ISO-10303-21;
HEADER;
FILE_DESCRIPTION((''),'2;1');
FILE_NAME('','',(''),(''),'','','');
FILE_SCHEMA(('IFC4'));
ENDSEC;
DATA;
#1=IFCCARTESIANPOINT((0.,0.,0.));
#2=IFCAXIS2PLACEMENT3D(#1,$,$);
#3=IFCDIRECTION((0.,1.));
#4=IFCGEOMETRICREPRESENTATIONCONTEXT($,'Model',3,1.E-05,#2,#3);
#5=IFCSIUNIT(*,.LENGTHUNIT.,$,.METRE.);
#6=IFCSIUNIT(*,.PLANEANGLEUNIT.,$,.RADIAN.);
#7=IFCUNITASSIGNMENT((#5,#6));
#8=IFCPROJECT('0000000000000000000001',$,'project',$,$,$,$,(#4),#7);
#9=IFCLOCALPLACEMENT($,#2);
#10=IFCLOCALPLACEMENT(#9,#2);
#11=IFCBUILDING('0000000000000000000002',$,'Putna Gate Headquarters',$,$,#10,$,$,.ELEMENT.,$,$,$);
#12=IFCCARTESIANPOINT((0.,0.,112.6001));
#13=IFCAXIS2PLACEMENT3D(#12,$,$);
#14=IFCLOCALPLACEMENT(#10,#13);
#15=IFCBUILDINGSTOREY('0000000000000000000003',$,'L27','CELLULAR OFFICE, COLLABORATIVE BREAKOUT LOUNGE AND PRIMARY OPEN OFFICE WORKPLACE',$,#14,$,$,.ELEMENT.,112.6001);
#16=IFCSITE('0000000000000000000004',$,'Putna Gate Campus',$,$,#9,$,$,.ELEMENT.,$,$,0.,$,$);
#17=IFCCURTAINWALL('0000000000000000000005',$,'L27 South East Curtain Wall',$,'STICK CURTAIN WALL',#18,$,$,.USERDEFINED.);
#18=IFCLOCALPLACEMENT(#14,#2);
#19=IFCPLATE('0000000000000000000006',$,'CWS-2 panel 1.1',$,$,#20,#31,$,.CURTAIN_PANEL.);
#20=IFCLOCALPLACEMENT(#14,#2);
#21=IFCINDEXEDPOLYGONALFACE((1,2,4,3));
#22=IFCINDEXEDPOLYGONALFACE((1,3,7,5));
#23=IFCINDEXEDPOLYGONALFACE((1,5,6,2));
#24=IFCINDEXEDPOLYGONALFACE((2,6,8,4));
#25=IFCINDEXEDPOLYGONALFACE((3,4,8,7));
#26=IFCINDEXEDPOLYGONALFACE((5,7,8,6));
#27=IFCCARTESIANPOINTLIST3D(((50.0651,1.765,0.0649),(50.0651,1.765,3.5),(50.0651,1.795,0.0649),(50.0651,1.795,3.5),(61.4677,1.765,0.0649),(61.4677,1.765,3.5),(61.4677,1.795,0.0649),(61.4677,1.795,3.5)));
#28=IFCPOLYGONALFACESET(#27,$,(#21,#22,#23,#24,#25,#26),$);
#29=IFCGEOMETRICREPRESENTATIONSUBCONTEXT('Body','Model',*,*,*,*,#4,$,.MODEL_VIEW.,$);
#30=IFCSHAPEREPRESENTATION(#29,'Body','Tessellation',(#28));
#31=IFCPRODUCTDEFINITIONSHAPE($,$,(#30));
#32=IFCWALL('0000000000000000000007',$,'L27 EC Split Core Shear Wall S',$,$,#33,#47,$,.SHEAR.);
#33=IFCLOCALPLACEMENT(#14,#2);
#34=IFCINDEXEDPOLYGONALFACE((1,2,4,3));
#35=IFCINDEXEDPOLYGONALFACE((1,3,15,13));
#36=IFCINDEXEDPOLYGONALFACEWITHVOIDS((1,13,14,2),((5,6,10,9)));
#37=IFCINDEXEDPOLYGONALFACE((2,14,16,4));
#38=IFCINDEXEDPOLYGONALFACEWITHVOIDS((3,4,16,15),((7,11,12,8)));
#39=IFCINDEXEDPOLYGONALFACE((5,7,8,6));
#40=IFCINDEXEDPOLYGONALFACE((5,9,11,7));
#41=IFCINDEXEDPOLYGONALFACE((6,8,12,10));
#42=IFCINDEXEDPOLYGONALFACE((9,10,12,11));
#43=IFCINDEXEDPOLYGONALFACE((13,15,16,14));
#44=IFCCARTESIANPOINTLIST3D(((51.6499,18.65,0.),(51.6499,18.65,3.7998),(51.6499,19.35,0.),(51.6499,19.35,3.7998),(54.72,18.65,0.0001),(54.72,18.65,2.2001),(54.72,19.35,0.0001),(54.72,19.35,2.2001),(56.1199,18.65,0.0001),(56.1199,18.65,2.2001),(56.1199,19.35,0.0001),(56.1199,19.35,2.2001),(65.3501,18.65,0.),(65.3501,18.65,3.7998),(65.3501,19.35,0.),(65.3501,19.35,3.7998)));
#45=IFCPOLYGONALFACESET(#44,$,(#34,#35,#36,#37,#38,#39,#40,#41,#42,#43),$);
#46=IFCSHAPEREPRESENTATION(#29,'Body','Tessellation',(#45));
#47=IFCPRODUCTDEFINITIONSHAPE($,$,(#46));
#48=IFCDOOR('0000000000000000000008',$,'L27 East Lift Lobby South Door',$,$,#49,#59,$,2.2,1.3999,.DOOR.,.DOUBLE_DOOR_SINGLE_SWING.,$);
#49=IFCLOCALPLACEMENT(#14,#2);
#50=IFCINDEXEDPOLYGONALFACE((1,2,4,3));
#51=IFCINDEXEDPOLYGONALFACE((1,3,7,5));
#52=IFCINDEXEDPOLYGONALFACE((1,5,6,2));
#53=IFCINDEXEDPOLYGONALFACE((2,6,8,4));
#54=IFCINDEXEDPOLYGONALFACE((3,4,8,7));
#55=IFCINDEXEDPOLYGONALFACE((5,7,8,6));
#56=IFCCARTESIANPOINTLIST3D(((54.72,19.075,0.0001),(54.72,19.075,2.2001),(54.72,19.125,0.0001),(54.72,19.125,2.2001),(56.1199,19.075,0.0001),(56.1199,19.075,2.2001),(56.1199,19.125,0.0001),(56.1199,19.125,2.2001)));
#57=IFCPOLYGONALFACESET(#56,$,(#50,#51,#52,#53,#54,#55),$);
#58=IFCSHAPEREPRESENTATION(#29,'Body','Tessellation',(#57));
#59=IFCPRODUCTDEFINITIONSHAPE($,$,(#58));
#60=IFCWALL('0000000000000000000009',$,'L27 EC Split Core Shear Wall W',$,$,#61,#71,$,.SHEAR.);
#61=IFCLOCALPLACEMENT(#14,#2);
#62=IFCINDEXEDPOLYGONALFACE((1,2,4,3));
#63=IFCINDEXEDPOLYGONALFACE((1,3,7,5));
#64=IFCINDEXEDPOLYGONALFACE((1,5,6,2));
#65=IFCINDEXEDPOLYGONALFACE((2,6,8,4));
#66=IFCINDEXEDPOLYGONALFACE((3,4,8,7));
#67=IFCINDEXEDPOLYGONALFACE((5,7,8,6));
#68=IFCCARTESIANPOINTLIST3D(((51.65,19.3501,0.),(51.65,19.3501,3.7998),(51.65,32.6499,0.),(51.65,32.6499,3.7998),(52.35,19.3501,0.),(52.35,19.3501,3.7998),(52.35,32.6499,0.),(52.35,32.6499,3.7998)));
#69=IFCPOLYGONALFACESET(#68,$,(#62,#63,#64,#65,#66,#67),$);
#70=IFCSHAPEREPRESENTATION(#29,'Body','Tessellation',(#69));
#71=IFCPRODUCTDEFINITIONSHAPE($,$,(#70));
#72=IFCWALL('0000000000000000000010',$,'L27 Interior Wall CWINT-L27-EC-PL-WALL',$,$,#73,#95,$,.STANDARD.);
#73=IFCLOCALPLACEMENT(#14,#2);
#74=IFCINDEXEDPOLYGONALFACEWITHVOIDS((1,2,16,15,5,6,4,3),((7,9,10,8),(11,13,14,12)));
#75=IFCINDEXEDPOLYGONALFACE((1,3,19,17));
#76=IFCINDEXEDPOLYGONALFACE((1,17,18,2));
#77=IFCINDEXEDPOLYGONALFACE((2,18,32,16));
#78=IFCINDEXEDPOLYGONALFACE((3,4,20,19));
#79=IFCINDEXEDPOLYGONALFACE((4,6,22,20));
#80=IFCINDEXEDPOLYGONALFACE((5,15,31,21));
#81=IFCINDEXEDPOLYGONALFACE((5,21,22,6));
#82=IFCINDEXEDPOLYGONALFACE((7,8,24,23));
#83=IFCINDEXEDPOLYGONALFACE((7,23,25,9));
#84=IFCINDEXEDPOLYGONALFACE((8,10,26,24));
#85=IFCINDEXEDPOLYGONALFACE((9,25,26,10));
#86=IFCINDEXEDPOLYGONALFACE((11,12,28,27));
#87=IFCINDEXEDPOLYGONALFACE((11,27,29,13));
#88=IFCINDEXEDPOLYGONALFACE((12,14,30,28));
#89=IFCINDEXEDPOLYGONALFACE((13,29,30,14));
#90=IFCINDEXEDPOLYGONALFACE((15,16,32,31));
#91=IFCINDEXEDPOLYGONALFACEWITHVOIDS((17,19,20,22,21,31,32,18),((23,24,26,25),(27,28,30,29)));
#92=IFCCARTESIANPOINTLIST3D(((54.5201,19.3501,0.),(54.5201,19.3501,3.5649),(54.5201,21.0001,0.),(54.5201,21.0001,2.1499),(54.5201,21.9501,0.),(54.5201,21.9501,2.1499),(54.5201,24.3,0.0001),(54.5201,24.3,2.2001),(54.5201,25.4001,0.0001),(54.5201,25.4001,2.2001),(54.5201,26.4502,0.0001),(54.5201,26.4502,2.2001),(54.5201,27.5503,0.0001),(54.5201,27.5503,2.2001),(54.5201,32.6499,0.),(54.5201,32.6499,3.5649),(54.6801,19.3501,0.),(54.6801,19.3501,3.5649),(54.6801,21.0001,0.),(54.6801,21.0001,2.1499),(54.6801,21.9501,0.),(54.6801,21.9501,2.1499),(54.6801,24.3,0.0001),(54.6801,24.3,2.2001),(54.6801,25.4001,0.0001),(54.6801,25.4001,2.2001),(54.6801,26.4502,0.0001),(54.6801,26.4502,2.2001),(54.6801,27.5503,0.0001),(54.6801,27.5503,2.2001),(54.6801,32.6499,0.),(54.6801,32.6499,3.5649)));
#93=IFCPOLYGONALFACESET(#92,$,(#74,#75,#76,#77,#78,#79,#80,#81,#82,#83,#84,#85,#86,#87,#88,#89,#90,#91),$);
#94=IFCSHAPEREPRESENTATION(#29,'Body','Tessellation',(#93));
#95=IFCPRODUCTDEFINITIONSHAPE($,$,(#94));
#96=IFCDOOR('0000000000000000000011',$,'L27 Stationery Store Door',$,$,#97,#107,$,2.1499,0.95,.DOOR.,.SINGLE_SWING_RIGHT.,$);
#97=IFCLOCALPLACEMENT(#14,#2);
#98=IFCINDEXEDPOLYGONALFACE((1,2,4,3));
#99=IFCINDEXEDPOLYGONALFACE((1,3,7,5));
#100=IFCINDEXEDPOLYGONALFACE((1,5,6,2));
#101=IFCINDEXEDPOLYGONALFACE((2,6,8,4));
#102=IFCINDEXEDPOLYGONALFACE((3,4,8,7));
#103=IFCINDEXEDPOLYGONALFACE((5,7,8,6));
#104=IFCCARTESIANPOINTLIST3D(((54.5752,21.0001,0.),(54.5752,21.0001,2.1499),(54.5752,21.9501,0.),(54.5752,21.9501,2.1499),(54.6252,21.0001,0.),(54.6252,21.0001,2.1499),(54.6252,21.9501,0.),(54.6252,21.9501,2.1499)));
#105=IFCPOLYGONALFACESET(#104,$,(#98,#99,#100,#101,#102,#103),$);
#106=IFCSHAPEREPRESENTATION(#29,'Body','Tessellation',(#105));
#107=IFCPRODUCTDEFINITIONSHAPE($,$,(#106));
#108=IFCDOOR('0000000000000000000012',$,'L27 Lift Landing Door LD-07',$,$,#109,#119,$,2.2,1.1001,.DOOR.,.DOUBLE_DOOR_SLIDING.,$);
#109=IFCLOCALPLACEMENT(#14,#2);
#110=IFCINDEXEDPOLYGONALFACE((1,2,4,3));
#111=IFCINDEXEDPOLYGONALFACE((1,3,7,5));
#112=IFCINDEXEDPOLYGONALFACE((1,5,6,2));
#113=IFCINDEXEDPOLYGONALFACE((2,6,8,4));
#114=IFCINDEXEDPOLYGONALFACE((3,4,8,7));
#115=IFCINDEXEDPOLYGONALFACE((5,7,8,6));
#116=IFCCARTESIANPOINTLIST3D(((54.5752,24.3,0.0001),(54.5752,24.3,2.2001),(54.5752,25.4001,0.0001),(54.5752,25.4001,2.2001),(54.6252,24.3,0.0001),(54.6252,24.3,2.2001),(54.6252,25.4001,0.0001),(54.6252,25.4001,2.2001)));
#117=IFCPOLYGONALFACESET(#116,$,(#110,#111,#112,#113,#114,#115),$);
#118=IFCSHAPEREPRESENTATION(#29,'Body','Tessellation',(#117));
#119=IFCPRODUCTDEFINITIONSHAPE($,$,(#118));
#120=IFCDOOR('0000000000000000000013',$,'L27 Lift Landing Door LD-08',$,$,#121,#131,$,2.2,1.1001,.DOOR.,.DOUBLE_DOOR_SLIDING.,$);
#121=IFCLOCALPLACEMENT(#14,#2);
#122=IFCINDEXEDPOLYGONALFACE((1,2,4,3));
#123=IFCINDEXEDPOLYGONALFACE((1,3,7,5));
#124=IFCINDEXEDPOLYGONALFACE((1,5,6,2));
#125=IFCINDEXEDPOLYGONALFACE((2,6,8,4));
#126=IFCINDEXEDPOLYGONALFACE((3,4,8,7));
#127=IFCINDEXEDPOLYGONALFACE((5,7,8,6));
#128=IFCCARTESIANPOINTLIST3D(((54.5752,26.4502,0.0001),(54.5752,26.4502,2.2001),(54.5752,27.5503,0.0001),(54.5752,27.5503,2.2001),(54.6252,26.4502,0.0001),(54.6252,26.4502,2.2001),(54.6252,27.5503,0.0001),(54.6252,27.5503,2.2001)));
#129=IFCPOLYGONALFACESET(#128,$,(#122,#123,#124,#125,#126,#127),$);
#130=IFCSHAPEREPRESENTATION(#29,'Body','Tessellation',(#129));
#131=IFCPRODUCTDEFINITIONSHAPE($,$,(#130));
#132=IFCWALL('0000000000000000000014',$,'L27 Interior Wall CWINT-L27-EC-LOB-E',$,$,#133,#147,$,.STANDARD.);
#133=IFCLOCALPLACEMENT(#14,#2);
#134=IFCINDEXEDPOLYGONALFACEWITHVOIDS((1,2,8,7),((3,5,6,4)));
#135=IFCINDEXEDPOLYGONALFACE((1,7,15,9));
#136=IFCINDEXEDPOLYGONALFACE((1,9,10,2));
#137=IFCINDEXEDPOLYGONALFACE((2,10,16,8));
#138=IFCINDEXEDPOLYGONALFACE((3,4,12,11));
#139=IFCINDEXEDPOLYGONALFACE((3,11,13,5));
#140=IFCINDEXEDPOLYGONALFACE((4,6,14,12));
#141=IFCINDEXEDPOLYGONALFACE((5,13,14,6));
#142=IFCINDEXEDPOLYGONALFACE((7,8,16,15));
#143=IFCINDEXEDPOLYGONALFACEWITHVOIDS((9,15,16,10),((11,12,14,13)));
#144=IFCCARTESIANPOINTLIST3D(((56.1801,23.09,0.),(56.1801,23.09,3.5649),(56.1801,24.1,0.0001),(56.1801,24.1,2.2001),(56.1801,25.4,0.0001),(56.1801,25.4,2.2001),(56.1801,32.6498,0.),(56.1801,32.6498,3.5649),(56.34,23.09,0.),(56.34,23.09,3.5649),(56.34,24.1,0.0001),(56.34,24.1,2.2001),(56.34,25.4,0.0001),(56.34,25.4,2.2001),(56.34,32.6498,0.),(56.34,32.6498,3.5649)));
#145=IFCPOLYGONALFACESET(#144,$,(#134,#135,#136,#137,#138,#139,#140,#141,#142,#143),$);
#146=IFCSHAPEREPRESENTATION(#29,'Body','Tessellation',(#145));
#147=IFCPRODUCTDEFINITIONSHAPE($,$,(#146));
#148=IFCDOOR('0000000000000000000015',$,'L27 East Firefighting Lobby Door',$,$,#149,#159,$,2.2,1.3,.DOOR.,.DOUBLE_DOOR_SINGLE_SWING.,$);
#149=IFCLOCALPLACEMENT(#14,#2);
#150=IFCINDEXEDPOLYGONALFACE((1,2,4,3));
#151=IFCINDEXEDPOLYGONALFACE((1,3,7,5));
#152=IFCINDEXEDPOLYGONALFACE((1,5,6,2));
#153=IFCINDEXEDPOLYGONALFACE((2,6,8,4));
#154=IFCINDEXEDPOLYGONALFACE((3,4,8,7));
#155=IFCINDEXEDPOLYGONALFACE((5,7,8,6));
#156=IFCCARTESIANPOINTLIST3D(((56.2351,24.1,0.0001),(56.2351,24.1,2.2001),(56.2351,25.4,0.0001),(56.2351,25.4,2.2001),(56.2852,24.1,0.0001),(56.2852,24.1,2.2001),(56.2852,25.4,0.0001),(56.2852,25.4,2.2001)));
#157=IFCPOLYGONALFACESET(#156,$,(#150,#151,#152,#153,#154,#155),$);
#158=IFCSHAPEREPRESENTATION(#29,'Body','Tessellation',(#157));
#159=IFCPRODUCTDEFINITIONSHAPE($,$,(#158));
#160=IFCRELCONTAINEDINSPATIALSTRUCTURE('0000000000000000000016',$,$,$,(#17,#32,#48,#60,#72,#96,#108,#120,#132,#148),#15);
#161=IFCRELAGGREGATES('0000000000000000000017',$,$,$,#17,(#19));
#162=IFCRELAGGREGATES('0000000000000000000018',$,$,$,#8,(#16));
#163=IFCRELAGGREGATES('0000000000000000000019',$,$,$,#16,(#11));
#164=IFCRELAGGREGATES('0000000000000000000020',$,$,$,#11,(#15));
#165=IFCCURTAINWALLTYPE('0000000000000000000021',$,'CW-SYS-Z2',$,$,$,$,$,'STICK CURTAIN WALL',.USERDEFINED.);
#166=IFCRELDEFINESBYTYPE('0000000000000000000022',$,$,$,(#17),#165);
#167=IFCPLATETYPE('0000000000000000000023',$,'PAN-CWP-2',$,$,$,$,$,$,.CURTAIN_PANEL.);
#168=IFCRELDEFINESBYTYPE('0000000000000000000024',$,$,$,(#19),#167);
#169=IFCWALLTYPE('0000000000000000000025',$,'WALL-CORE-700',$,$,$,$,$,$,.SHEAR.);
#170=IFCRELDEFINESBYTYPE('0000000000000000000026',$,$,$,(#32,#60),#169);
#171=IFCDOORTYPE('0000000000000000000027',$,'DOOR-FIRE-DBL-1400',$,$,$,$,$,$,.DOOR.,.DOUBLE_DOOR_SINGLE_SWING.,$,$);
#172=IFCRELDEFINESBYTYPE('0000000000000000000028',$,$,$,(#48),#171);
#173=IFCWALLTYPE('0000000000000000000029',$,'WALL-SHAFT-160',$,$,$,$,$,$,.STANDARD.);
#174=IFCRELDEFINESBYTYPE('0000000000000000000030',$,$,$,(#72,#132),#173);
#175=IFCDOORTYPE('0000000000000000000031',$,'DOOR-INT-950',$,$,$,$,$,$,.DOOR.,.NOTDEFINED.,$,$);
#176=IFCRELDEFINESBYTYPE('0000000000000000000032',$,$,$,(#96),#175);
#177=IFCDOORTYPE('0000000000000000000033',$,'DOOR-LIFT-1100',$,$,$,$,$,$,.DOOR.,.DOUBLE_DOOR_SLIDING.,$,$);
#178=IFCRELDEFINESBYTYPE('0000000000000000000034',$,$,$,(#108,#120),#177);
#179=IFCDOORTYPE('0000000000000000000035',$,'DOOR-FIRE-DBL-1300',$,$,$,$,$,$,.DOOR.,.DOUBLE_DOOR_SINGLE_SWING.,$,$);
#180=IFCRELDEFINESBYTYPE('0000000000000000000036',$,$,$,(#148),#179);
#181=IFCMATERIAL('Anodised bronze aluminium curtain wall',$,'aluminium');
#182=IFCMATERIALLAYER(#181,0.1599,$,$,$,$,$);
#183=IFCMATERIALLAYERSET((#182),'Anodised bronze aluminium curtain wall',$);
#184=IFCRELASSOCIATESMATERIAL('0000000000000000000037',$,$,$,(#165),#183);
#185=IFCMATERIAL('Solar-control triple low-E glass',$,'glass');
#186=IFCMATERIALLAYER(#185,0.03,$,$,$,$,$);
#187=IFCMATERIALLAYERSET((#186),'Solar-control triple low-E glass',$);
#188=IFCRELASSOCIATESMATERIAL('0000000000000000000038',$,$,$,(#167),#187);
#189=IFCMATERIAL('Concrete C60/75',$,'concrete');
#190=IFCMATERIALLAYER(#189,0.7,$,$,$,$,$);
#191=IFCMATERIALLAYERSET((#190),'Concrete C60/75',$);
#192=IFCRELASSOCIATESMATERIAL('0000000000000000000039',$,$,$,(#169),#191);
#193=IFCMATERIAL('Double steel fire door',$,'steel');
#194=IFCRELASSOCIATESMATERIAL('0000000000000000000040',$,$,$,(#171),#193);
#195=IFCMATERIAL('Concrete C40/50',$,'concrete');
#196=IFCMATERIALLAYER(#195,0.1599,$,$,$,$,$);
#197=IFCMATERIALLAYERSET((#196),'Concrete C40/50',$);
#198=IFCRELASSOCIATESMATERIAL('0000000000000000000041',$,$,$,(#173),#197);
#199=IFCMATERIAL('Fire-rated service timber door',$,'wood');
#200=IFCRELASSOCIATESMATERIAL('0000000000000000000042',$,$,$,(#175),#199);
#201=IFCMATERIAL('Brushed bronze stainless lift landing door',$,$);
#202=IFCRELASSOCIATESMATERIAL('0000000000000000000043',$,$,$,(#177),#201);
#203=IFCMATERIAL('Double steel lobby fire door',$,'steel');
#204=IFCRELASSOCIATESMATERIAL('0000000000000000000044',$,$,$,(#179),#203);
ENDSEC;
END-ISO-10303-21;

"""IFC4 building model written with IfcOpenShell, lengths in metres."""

from ifc_helpers import new_model, si_unit, direction, frame, frame_2d, origin, origin_2d, place, context, subcontext, project, spatial, rectangle, extrude, material, layer, layer_set, type_object, element, fill, aggregate, save


model = new_model("IFC4")

# Units and contexts
model_context = context("Model", 3, precision=1e-05, world=origin(), true_north=direction((0.0, 1.0)))
body_context = subcontext(model_context, "Body", "Model", "MODEL_VIEW")
ifc_project = project(units=[si_unit("LENGTHUNIT", "METRE"), si_unit("PLANEANGLEUNIT", "RADIAN")], contexts=[model_context])

# Site, building, storey
site_placement = place(None, origin())
site = spatial("IfcSite", under=ifc_project, at=site_placement, Name="Putna Gate Campus", CompositionType="ELEMENT", RefElevation=0.0)
building_placement = place(site_placement, origin())
building = spatial("IfcBuilding", under=site, at=building_placement, Name="Putna Gate Headquarters", CompositionType="ELEMENT")
storey_placement = place(building_placement, frame((0.0, 0.0, 112.6001)))
storey = spatial("IfcBuildingStorey", under=building, at=storey_placement, Name="L27", Description="CELLULAR OFFICE, COLLABORATIVE BREAKOUT LOUNGE AND PRIMARY OPEN OFFICE WORKPLACE", CompositionType="ELEMENT", Elevation=112.6001)

# Shared definitions
ifc_material_1 = material(Name="Concrete C60/75", Category="concrete")

# Curtain wall, plate
ifc_material_2 = material(Name="Anodised bronze aluminium curtain wall", Category="aluminium")
ifc_layer_1 = layer(ifc_material_2, 0.1599)
ifc_layer_set_1 = layer_set([ifc_layer_1], Name="Anodised bronze aluminium curtain wall")
curtain_wall_type = type_object("IfcCurtainWallType", Name="CW-SYS-Z2", ElementType="STICK CURTAIN WALL", PredefinedType="USERDEFINED", material=ifc_layer_set_1)
curtain_wall_placement = place(storey_placement, origin())
curtain_wall = element("IfcCurtainWall", 1, at=curtain_wall_placement, inside=storey, type_object=curtain_wall_type, Name="L27 South East Curtain Wall", ObjectType="STICK CURTAIN WALL", PredefinedType="USERDEFINED")
ifc_material_3 = material(Name="Solar-control triple low-E glass", Category="glass")
ifc_layer_2 = layer(ifc_material_3, 0.03)
ifc_layer_set_2 = layer_set([ifc_layer_2], Name="Solar-control triple low-E glass")
plate_type = type_object("IfcPlateType", Name="PAN-CWP-2", PredefinedType="CURTAIN_PANEL", material=ifc_layer_set_2)
plate_placement = place(storey_placement, frame((55.7664, 1.78, 0.0649), z_axis=(0.0, 0.0, 1.0), x_axis=(1.0, 0.0, 0.0)))
plate = element("IfcPlate", 2, at=plate_placement, type_object=plate_type, Name="CWS-2 panel 1.1", PredefinedType="CURTAIN_PANEL", context=body_context, shape_type="SweptSolid", body=[
    extrude(rectangle(XDim=11.4026, YDim=0.03, at=origin_2d()), origin(), (0.0, 0.0, 1.0), 3.4351),
])
aggregate(curtain_wall, [plate])

# Wall, opening, door
ifc_layer_3 = layer(ifc_material_1, 0.7)
ifc_layer_set_3 = layer_set([ifc_layer_3], Name="Concrete C60/75")
wall_type_1 = type_object("IfcWallType", Name="WALL-CORE-700", PredefinedType="SHEAR", material=ifc_layer_set_3)
wall_1_placement = place(storey_placement, frame((51.6499, 19.0, 0.0), z_axis=(0.0, 0.0, 1.0), x_axis=(1.0, 0.0, 0.0)))
wall_1 = element("IfcWall", 3, at=wall_1_placement, inside=storey, type_object=wall_type_1, Name="L27 EC Split Core Shear Wall S", PredefinedType="SHEAR", context=body_context, shape_type="SweptSolid", body=[
    extrude(rectangle(XDim=13.7002, YDim=0.7, at=frame_2d((6.8501, 0.0))), origin(), (0.0, 0.0, 1.0), 3.7998),
])
opening_1_placement = place(wall_1_placement, frame((3.0701, 0.0, 0.0)))
opening_1 = element("IfcOpeningElement", 4, at=opening_1_placement, cuts=wall_1, PredefinedType="OPENING", context=body_context, shape_type="SweptSolid", body=[
    extrude(rectangle(XDim=1.3999, YDim=2.2, at=frame_2d((0.7, 1.1001))), frame((0.0, 0.3599, 0.0), z_axis=(0.0, -1.0, 0.0), x_axis=(1.0, 0.0, 0.0)), (0.0, 0.0, 1.0), 0.72),
])
ifc_material_4 = material(Name="Double steel fire door", Category="steel")
door_type_1 = type_object("IfcDoorType", Name="DOOR-FIRE-DBL-1400", OperationType="DOUBLE_DOOR_SINGLE_SWING", PredefinedType="DOOR", material=ifc_material_4)
door_1_placement = place(opening_1_placement, origin())
door_1 = element("IfcDoor", 5, at=door_1_placement, inside=storey, type_object=door_type_1, Name="L27 East Lift Lobby South Door", OperationType="DOUBLE_DOOR_SINGLE_SWING", OverallHeight=2.2, OverallWidth=1.3999, PredefinedType="DOOR", context=body_context, shape_type="SweptSolid", body=[
    extrude(rectangle(XDim=1.3999, YDim=2.2, at=frame_2d((0.7, 1.1001))), frame((0.0, 0.125, 0.0), z_axis=(0.0, -1.0, 0.0), x_axis=(1.0, 0.0, 0.0)), (0.0, 0.0, 1.0), 0.05),
])
fill(opening_1, door_1)

# Wall
wall_2_placement = place(storey_placement, frame((52.0, 19.3501, 0.0), z_axis=(0.0, 0.0, 1.0), x_axis=(0.0, 1.0, 0.0)))
element("IfcWall", 6, at=wall_2_placement, inside=storey, type_object=wall_type_1, Name="L27 EC Split Core Shear Wall W", PredefinedType="SHEAR", context=body_context, shape_type="SweptSolid", body=[
    extrude(rectangle(XDim=13.2998, YDim=0.7, at=frame_2d((6.6499, 0.0))), origin(), (0.0, 0.0, 1.0), 3.7998),
])

# Wall, openings, doors
ifc_material_5 = material(Name="Concrete C40/50", Category="concrete")
ifc_layer_4 = layer(ifc_material_5, 0.1599)
ifc_layer_set_4 = layer_set([ifc_layer_4], Name="Concrete C40/50")
wall_type_2 = type_object("IfcWallType", Name="WALL-SHAFT-160", PredefinedType="STANDARD", material=ifc_layer_set_4)
wall_3_placement = place(storey_placement, frame((54.6001, 19.3501, 0.0), z_axis=(0.0, 0.0, 1.0), x_axis=(0.0, 1.0, 0.0)))
wall_3 = element("IfcWall", 7, at=wall_3_placement, inside=storey, type_object=wall_type_2, Name="L27 Interior Wall CWINT-L27-EC-PL-WALL", PredefinedType="STANDARD", context=body_context, shape_type="SweptSolid", body=[
    extrude(rectangle(XDim=13.2998, YDim=0.1599, at=frame_2d((6.6499, 0.0))), origin(), (0.0, 0.0, 1.0), 3.5649),
])
opening_2_placement = place(wall_3_placement, frame((1.6499, 0.0, 0.0)))
opening_2 = element("IfcOpeningElement", 8, at=opening_2_placement, cuts=wall_3, PredefinedType="OPENING", context=body_context, shape_type="SweptSolid", body=[
    extrude(rectangle(XDim=0.95, YDim=2.1499, at=frame_2d((0.4751, 1.075))), frame((0.0, 0.0898, 0.0), z_axis=(0.0, -1.0, 0.0), x_axis=(1.0, 0.0, 0.0)), (0.0, 0.0, 1.0), 0.1799),
])
opening_3_placement = place(wall_3_placement, frame((4.95, 0.0, 0.0)))
opening_3 = element("IfcOpeningElement", 9, at=opening_3_placement, cuts=wall_3, PredefinedType="OPENING", context=body_context, shape_type="SweptSolid", body=[
    extrude(rectangle(XDim=1.1001, YDim=2.2, at=frame_2d((0.55, 1.1001))), frame((0.0, 0.0898, 0.0), z_axis=(0.0, -1.0, 0.0), x_axis=(1.0, 0.0, 0.0)), (0.0, 0.0, 1.0), 0.1799),
])
opening_4_placement = place(wall_3_placement, frame((7.1001, 0.0, 0.0)))
opening_4 = element("IfcOpeningElement", 10, at=opening_4_placement, cuts=wall_3, PredefinedType="OPENING", context=body_context, shape_type="SweptSolid", body=[
    extrude(rectangle(XDim=1.1001, YDim=2.2, at=frame_2d((0.55, 1.1001))), frame((0.0, 0.0898, 0.0), z_axis=(0.0, -1.0, 0.0), x_axis=(1.0, 0.0, 0.0)), (0.0, 0.0, 1.0), 0.1799),
])
ifc_material_6 = material(Name="Fire-rated service timber door", Category="wood")
door_type_2 = type_object("IfcDoorType", Name="DOOR-INT-950", OperationType="NOTDEFINED", PredefinedType="DOOR", material=ifc_material_6)
door_2_placement = place(opening_2_placement, origin())
door_2 = element("IfcDoor", 11, at=door_2_placement, inside=storey, type_object=door_type_2, Name="L27 Stationery Store Door", OperationType="SINGLE_SWING_RIGHT", OverallHeight=2.1499, OverallWidth=0.95, PredefinedType="DOOR", context=body_context, shape_type="SweptSolid", body=[
    extrude(rectangle(XDim=0.95, YDim=2.1499, at=frame_2d((0.4751, 1.075))), frame((0.0, 0.0249, 0.0), z_axis=(0.0, -1.0, 0.0), x_axis=(1.0, 0.0, 0.0)), (0.0, 0.0, 1.0), 0.05),
])
fill(opening_2, door_2)
ifc_material_7 = material(Name="Brushed bronze stainless lift landing door")
door_type_3 = type_object("IfcDoorType", Name="DOOR-LIFT-1100", OperationType="DOUBLE_DOOR_SLIDING", PredefinedType="DOOR", material=ifc_material_7)
door_3_placement = place(opening_3_placement, origin())
door_3 = element("IfcDoor", 12, at=door_3_placement, inside=storey, type_object=door_type_3, Name="L27 Lift Landing Door LD-07", OperationType="DOUBLE_DOOR_SLIDING", OverallHeight=2.2, OverallWidth=1.1001, PredefinedType="DOOR", context=body_context, shape_type="SweptSolid", body=[
    extrude(rectangle(XDim=1.1001, YDim=2.2, at=frame_2d((0.55, 1.1001))), frame((0.0, 0.0249, 0.0), z_axis=(0.0, -1.0, 0.0), x_axis=(1.0, 0.0, 0.0)), (0.0, 0.0, 1.0), 0.05),
])
fill(opening_3, door_3)
door_4_placement = place(opening_4_placement, origin())
door_4 = element("IfcDoor", 13, at=door_4_placement, inside=storey, type_object=door_type_3, Name="L27 Lift Landing Door LD-08", OperationType="DOUBLE_DOOR_SLIDING", OverallHeight=2.2, OverallWidth=1.1001, PredefinedType="DOOR", context=body_context, shape_type="SweptSolid", body=[
    extrude(rectangle(XDim=1.1001, YDim=2.2, at=frame_2d((0.55, 1.1001))), frame((0.0, 0.0249, 0.0), z_axis=(0.0, -1.0, 0.0), x_axis=(1.0, 0.0, 0.0)), (0.0, 0.0, 1.0), 0.05),
])
fill(opening_4, door_4)

# Wall, opening, door
wall_4_placement = place(storey_placement, frame((56.26, 23.0901, 0.0), z_axis=(0.0, 0.0, 1.0), x_axis=(0.0, 1.0, 0.0)))
wall_4 = element("IfcWall", 14, at=wall_4_placement, inside=storey, type_object=wall_type_2, Name="L27 Interior Wall CWINT-L27-EC-LOB-E", PredefinedType="STANDARD", context=body_context, shape_type="SweptSolid", body=[
    extrude(rectangle(XDim=9.5598, YDim=0.1599, at=frame_2d((4.7798, 0.0))), origin(), (0.0, 0.0, 1.0), 3.5649),
])
opening_5_placement = place(wall_4_placement, frame((1.01, 0.0, 0.0)))
opening_5 = element("IfcOpeningElement", 15, at=opening_5_placement, cuts=wall_4, PredefinedType="OPENING", context=body_context, shape_type="SweptSolid", body=[
    extrude(rectangle(XDim=1.3, YDim=2.2, at=frame_2d((0.6499, 1.1001))), frame((0.0, 0.0898, 0.0), z_axis=(0.0, -1.0, 0.0), x_axis=(1.0, 0.0, 0.0)), (0.0, 0.0, 1.0), 0.1799),
])
ifc_material_8 = material(Name="Double steel lobby fire door", Category="steel")
door_type_4 = type_object("IfcDoorType", Name="DOOR-FIRE-DBL-1300", OperationType="DOUBLE_DOOR_SINGLE_SWING", PredefinedType="DOOR", material=ifc_material_8)
door_5_placement = place(opening_5_placement, origin())
door_5 = element("IfcDoor", 16, at=door_5_placement, inside=storey, type_object=door_type_4, Name="L27 East Firefighting Lobby Door", OperationType="DOUBLE_DOOR_SINGLE_SWING", OverallHeight=2.2, OverallWidth=1.3, PredefinedType="DOOR", context=body_context, shape_type="SweptSolid", body=[
    extrude(rectangle(XDim=1.3, YDim=2.2, at=frame_2d((0.6499, 1.1001))), frame((0.0, 0.0249, 0.0), z_axis=(0.0, -1.0, 0.0), x_axis=(1.0, 0.0, 0.0)), (0.0, 0.0, 1.0), 0.05),
])
fill(opening_5, door_5)

save(model, "model.ifc")
